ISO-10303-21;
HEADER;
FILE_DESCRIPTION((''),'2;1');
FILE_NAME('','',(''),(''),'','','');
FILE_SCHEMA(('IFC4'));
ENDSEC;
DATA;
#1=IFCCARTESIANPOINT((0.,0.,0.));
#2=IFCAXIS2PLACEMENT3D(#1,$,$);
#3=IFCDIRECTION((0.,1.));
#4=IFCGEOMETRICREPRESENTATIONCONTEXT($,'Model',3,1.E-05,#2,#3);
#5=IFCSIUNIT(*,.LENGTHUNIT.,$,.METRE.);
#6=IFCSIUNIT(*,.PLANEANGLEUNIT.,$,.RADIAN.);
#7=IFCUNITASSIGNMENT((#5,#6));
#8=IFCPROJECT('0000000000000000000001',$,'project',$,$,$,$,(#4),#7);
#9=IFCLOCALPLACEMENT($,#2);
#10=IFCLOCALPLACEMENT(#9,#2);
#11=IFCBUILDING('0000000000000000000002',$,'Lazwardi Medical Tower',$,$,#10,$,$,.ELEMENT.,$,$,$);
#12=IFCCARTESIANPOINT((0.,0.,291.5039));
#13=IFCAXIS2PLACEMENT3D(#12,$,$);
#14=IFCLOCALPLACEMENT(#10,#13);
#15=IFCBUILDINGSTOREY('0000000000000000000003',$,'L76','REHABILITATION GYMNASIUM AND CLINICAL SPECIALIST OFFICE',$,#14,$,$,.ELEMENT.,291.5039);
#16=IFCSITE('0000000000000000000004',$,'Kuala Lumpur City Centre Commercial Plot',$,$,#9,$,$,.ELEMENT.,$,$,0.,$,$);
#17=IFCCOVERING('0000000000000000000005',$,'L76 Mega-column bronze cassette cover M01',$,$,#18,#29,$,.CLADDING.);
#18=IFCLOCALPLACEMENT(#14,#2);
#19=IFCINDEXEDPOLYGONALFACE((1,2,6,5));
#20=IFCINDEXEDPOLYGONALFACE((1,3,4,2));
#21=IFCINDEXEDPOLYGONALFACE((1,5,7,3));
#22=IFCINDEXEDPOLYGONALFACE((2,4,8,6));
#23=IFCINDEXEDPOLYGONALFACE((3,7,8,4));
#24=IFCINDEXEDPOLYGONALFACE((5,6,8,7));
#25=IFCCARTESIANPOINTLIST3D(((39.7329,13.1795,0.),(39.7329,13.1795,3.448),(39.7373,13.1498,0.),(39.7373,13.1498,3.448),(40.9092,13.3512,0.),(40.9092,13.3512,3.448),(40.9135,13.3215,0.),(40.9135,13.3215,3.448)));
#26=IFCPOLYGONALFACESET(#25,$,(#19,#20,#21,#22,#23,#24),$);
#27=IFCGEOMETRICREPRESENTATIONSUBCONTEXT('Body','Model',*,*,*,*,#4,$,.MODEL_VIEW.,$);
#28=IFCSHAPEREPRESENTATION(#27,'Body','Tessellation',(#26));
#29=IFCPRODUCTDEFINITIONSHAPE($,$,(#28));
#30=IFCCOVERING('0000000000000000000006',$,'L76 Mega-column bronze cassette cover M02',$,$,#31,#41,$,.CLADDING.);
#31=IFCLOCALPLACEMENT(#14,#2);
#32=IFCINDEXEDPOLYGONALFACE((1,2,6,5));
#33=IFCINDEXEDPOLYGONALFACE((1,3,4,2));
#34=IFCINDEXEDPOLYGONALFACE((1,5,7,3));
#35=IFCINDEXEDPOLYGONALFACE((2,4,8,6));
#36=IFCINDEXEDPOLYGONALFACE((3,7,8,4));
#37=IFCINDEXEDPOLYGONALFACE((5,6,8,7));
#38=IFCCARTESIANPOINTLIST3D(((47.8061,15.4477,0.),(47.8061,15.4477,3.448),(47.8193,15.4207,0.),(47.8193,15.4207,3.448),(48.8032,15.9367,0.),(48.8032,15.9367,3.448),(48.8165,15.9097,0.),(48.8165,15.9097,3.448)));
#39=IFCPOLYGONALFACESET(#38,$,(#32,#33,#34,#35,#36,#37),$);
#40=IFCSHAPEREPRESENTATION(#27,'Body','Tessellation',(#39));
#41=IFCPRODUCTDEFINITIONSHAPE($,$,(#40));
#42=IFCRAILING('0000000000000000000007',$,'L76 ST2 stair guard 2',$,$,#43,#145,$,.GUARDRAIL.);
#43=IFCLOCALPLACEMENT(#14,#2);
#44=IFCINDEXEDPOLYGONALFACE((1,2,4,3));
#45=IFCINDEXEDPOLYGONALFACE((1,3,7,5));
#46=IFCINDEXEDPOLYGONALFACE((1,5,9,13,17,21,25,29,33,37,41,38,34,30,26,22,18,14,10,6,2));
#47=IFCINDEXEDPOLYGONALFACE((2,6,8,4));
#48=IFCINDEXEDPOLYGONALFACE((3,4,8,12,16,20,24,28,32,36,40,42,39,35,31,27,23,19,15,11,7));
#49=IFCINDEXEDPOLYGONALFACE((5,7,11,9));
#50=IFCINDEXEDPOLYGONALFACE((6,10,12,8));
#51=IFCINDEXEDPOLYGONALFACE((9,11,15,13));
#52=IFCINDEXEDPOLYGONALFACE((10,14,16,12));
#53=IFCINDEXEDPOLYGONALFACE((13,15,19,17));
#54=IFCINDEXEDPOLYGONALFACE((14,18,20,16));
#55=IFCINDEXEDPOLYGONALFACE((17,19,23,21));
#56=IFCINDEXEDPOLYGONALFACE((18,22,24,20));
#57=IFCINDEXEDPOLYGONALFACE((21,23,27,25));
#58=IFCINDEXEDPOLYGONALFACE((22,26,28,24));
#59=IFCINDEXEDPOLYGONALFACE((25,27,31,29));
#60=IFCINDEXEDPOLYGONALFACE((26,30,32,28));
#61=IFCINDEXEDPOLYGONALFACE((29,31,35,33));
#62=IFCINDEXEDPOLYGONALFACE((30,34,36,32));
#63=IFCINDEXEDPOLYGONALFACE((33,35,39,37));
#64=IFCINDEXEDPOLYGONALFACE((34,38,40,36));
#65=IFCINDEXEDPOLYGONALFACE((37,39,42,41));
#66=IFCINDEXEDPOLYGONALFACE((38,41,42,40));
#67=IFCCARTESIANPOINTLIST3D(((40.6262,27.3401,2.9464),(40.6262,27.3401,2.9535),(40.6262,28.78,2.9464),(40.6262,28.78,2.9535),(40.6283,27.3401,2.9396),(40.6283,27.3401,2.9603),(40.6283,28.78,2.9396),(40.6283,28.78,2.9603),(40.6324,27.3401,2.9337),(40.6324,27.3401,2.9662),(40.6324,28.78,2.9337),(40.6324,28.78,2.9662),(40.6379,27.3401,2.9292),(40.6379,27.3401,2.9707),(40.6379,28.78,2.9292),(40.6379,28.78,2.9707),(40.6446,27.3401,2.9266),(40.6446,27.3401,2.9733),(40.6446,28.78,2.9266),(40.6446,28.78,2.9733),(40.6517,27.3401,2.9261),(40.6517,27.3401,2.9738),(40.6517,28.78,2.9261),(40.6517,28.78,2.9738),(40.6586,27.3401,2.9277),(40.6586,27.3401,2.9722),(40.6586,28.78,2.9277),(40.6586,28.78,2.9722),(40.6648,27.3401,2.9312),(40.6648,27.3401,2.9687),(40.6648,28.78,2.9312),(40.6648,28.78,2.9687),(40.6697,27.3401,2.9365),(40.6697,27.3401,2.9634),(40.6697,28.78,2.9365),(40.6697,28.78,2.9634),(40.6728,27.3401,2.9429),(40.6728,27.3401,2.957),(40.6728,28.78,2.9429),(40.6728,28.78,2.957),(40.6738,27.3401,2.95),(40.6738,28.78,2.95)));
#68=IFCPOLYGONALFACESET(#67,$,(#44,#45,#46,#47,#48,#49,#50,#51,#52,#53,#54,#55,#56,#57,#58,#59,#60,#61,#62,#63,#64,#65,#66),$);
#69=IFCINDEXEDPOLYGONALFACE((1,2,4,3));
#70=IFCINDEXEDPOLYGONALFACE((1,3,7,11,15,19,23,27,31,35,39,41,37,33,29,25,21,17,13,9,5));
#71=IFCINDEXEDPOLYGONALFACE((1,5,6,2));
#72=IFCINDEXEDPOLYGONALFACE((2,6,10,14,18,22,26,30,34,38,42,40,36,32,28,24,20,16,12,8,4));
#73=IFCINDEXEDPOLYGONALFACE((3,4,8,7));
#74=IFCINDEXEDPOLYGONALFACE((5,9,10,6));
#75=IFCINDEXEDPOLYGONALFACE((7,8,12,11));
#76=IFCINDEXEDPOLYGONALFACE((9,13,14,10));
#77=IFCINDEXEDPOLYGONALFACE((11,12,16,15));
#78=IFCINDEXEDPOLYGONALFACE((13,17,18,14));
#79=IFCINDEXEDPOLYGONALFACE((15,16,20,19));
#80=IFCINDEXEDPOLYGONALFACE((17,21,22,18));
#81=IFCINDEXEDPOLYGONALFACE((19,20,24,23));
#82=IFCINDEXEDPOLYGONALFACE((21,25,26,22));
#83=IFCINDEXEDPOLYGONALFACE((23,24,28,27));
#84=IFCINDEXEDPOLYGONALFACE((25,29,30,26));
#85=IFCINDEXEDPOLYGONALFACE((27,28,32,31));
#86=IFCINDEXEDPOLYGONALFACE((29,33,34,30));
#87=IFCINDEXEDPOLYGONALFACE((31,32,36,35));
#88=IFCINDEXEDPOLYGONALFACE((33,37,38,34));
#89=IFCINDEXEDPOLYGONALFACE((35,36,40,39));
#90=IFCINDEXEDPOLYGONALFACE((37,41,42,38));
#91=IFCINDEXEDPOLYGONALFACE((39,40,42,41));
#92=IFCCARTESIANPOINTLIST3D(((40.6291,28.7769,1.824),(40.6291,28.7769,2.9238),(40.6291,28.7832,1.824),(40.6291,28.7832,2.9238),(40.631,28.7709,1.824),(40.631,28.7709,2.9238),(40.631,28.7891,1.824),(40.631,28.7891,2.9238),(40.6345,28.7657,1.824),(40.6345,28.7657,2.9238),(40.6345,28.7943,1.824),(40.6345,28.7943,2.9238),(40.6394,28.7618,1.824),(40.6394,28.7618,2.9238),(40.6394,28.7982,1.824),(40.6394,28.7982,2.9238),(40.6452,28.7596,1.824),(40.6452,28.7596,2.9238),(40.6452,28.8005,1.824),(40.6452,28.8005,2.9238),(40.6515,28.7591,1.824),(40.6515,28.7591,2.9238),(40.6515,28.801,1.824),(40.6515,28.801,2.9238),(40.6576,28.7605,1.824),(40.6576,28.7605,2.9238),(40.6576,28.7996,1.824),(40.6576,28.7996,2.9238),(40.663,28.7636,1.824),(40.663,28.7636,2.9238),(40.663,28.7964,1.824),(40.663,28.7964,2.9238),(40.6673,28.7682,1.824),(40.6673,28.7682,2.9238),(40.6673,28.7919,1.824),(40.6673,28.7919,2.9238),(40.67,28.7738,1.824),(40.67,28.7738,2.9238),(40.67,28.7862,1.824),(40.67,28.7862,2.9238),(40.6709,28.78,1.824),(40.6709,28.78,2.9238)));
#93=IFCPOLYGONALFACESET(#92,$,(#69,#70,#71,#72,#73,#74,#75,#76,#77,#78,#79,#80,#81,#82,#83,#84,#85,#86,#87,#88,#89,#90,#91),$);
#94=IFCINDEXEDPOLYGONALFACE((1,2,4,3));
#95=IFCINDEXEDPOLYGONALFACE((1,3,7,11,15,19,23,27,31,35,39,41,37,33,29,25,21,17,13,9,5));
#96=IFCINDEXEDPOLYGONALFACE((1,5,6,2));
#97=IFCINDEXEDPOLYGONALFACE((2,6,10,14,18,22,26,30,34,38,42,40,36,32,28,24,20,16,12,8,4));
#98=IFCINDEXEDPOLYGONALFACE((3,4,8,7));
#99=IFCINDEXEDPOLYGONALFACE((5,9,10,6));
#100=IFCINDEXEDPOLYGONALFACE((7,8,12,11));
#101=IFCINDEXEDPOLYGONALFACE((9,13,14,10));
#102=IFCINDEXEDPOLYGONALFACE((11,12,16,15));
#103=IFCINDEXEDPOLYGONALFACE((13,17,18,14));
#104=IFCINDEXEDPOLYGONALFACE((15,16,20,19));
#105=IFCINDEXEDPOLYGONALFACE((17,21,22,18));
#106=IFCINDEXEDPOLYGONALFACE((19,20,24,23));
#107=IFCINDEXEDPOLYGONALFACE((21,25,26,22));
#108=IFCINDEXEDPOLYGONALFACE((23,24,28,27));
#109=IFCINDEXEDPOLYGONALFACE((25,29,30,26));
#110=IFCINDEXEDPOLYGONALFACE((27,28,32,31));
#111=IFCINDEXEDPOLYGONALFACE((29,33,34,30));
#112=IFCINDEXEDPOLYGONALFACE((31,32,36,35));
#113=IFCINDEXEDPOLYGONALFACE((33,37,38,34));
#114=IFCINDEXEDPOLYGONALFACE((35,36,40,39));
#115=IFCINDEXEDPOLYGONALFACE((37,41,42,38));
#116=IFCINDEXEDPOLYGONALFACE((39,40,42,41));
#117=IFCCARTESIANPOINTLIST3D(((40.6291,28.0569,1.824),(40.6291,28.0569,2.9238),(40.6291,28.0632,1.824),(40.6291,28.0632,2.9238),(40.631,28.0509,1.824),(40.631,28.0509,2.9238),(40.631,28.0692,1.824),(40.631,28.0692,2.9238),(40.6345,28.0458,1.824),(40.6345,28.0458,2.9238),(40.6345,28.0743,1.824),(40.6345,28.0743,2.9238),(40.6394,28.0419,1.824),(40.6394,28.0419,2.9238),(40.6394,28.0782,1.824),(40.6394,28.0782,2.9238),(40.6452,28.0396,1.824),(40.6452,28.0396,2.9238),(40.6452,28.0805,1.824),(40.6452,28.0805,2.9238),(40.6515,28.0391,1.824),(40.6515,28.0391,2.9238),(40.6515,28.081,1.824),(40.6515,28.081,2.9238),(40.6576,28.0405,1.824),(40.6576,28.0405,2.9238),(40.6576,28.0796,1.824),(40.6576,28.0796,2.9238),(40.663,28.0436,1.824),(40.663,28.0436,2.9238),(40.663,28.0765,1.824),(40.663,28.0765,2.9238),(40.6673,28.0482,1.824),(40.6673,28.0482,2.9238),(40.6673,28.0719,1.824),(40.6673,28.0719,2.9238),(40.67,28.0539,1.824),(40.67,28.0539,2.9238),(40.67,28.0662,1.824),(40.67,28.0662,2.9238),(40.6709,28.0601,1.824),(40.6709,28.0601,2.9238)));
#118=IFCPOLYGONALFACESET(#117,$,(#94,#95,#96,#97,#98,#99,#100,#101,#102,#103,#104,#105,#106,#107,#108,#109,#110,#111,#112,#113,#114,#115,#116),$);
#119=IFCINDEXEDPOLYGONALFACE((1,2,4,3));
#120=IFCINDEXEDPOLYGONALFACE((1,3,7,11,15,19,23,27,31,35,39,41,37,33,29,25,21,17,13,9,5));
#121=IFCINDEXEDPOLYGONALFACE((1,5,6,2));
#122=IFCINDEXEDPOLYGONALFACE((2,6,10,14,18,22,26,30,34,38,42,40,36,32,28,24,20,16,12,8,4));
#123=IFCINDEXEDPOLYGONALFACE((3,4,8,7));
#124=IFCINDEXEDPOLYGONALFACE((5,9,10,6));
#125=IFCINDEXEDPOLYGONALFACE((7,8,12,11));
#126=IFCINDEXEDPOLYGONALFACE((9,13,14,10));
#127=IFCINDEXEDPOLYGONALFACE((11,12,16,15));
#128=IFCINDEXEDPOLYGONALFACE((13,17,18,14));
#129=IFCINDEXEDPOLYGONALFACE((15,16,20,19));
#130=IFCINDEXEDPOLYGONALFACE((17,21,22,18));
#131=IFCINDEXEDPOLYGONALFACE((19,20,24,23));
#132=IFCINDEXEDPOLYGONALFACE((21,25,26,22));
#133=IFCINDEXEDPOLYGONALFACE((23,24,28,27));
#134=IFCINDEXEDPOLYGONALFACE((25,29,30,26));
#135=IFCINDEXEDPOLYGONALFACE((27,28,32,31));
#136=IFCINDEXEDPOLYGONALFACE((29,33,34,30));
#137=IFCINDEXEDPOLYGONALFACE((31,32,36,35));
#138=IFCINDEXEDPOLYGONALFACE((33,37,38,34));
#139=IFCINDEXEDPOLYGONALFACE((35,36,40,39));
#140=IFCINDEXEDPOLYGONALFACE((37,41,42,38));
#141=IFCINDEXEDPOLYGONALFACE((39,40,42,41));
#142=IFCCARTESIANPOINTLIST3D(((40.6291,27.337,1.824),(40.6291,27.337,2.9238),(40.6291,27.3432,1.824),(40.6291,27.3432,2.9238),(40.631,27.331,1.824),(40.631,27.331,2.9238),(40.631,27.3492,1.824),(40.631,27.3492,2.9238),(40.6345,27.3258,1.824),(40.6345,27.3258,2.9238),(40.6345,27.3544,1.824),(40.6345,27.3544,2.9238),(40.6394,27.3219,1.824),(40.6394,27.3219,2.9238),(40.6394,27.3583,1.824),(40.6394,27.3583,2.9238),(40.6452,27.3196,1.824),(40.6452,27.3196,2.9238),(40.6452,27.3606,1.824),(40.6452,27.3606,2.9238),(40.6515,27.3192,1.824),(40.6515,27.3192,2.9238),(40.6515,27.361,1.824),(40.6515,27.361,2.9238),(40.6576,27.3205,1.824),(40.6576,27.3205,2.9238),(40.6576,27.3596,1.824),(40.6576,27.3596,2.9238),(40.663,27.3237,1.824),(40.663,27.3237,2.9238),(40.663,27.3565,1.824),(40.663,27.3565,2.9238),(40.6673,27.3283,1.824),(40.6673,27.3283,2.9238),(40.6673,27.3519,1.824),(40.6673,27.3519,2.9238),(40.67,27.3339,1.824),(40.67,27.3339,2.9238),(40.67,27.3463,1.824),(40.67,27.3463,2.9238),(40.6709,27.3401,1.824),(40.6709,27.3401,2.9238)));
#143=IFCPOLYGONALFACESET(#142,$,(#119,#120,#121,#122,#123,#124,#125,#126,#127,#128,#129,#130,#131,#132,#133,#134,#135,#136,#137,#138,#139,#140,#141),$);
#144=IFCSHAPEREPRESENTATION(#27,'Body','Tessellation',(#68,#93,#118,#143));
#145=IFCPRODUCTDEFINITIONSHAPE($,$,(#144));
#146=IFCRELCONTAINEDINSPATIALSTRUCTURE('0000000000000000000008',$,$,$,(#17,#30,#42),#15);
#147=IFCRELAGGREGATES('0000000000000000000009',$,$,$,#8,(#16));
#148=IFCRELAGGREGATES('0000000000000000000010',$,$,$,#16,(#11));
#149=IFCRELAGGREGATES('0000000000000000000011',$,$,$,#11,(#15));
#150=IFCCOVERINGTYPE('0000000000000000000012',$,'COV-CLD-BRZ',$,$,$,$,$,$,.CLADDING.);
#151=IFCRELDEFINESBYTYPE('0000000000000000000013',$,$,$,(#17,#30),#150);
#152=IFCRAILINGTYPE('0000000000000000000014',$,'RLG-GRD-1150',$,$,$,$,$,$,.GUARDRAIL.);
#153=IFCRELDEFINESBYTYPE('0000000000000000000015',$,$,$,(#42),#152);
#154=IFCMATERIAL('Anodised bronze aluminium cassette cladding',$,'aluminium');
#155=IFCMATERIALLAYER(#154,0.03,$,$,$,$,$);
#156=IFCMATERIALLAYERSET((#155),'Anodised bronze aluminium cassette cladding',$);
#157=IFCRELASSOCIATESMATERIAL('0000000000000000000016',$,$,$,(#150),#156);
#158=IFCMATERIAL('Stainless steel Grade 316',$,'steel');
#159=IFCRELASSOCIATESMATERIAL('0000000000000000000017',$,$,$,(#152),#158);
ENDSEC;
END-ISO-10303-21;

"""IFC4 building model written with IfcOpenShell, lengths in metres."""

from ifc_helpers import new_model, si_unit, direction, frame, origin, origin_2d, place, context, subcontext, project, spatial, rectangle, circle, extrude, material, layer, layer_set, type_object, element, save


model = new_model("IFC4")

# Units and contexts
model_context = context("Model", 3, precision=1e-05, world=origin(), true_north=direction((0.0, 1.0)))
body_context = subcontext(model_context, "Body", "Model", "MODEL_VIEW")
ifc_project = project(units=[si_unit("LENGTHUNIT", "METRE"), si_unit("PLANEANGLEUNIT", "RADIAN")], contexts=[model_context])

# Site, building, storey
site_placement = place(None, origin())
site = spatial("IfcSite", under=ifc_project, at=site_placement, Name="Kuala Lumpur City Centre Commercial Plot", CompositionType="ELEMENT", RefElevation=0.0)
building_placement = place(site_placement, origin())
building = spatial("IfcBuilding", under=site, at=building_placement, Name="Lazwardi Medical Tower", CompositionType="ELEMENT")
storey_placement = place(building_placement, frame((0.0, 0.0, 291.5039)))
storey = spatial("IfcBuildingStorey", under=building, at=storey_placement, Name="L76", Description="REHABILITATION GYMNASIUM AND CLINICAL SPECIALIST OFFICE", CompositionType="ELEMENT", Elevation=291.5039)

# Coverings
ifc_material_1 = material(Name="Anodised bronze aluminium cassette cladding", Category="aluminium")
ifc_layer_1 = layer(ifc_material_1, 0.03)
ifc_layer_set_1 = layer_set([ifc_layer_1], Name="Anodised bronze aluminium cassette cladding")
covering_type = type_object("IfcCoveringType", Name="COV-CLD-BRZ", PredefinedType="CLADDING", material=ifc_layer_set_1)
covering_1_placement = place(storey_placement, frame((40.3232, 13.2505, 0.0), z_axis=(0.0, 0.0, 1.0), x_axis=(0.989512, 0.144448, 0.0)))
element("IfcCovering", 1, at=covering_1_placement, inside=storey, type_object=covering_type, Name="L76 Mega-column bronze cassette cover M01", PredefinedType="CLADDING", context=body_context, shape_type="SweptSolid", body=[
    extrude(rectangle(XDim=1.1887, YDim=0.03, at=origin_2d()), origin(), (0.0, 0.0, 1.0), 3.448),
])
covering_2_placement = place(storey_placement, frame((48.3113, 15.6787, 0.0), z_axis=(0.0, 0.0, 1.0), x_axis=(0.89784, 0.440322, 0.0)))
element("IfcCovering", 2, at=covering_2_placement, inside=storey, type_object=covering_type, Name="L76 Mega-column bronze cassette cover M02", PredefinedType="CLADDING", context=body_context, shape_type="SweptSolid", body=[
    extrude(rectangle(XDim=1.1106, YDim=0.03, at=origin_2d()), origin(), (0.0, 0.0, 1.0), 3.448),
])

# Railing
ifc_material_2 = material(Name="Stainless steel Grade 316", Category="steel")
railing_type_1 = type_object("IfcRailingType", Name="RLG-GRD-1150", PredefinedType="GUARDRAIL", material=ifc_material_2)
railing_1_placement = place(storey_placement, frame((40.6499, 28.78, 1.824)))
element("IfcRailing", 3, at=railing_1_placement, inside=storey, type_object=railing_type_1, Name="L76 ST2 stair guard 2", PredefinedType="GUARDRAIL", context=body_context, shape_type="SweptSolid", body=[
    extrude(circle(Radius=0.0239, at=origin_2d()), frame((0.0, 0.0, 1.126), z_axis=(0.0, -1.0, 0.0), x_axis=(1.0, 0.0, 0.0)), (0.0, 0.0, 1.0), 1.4399),
    extrude(circle(Radius=0.021, at=origin_2d()), origin(), (0.0, 0.0, 1.0), 1.0999),
    extrude(circle(Radius=0.021, at=origin_2d()), frame((0.0, -0.72, 0.0)), (0.0, 0.0, 1.0), 1.0999),
    extrude(circle(Radius=0.021, at=origin_2d()), frame((0.0, -1.4399, 0.0)), (0.0, 0.0, 1.0), 1.0999),
])

save(model, "model.ifc")
